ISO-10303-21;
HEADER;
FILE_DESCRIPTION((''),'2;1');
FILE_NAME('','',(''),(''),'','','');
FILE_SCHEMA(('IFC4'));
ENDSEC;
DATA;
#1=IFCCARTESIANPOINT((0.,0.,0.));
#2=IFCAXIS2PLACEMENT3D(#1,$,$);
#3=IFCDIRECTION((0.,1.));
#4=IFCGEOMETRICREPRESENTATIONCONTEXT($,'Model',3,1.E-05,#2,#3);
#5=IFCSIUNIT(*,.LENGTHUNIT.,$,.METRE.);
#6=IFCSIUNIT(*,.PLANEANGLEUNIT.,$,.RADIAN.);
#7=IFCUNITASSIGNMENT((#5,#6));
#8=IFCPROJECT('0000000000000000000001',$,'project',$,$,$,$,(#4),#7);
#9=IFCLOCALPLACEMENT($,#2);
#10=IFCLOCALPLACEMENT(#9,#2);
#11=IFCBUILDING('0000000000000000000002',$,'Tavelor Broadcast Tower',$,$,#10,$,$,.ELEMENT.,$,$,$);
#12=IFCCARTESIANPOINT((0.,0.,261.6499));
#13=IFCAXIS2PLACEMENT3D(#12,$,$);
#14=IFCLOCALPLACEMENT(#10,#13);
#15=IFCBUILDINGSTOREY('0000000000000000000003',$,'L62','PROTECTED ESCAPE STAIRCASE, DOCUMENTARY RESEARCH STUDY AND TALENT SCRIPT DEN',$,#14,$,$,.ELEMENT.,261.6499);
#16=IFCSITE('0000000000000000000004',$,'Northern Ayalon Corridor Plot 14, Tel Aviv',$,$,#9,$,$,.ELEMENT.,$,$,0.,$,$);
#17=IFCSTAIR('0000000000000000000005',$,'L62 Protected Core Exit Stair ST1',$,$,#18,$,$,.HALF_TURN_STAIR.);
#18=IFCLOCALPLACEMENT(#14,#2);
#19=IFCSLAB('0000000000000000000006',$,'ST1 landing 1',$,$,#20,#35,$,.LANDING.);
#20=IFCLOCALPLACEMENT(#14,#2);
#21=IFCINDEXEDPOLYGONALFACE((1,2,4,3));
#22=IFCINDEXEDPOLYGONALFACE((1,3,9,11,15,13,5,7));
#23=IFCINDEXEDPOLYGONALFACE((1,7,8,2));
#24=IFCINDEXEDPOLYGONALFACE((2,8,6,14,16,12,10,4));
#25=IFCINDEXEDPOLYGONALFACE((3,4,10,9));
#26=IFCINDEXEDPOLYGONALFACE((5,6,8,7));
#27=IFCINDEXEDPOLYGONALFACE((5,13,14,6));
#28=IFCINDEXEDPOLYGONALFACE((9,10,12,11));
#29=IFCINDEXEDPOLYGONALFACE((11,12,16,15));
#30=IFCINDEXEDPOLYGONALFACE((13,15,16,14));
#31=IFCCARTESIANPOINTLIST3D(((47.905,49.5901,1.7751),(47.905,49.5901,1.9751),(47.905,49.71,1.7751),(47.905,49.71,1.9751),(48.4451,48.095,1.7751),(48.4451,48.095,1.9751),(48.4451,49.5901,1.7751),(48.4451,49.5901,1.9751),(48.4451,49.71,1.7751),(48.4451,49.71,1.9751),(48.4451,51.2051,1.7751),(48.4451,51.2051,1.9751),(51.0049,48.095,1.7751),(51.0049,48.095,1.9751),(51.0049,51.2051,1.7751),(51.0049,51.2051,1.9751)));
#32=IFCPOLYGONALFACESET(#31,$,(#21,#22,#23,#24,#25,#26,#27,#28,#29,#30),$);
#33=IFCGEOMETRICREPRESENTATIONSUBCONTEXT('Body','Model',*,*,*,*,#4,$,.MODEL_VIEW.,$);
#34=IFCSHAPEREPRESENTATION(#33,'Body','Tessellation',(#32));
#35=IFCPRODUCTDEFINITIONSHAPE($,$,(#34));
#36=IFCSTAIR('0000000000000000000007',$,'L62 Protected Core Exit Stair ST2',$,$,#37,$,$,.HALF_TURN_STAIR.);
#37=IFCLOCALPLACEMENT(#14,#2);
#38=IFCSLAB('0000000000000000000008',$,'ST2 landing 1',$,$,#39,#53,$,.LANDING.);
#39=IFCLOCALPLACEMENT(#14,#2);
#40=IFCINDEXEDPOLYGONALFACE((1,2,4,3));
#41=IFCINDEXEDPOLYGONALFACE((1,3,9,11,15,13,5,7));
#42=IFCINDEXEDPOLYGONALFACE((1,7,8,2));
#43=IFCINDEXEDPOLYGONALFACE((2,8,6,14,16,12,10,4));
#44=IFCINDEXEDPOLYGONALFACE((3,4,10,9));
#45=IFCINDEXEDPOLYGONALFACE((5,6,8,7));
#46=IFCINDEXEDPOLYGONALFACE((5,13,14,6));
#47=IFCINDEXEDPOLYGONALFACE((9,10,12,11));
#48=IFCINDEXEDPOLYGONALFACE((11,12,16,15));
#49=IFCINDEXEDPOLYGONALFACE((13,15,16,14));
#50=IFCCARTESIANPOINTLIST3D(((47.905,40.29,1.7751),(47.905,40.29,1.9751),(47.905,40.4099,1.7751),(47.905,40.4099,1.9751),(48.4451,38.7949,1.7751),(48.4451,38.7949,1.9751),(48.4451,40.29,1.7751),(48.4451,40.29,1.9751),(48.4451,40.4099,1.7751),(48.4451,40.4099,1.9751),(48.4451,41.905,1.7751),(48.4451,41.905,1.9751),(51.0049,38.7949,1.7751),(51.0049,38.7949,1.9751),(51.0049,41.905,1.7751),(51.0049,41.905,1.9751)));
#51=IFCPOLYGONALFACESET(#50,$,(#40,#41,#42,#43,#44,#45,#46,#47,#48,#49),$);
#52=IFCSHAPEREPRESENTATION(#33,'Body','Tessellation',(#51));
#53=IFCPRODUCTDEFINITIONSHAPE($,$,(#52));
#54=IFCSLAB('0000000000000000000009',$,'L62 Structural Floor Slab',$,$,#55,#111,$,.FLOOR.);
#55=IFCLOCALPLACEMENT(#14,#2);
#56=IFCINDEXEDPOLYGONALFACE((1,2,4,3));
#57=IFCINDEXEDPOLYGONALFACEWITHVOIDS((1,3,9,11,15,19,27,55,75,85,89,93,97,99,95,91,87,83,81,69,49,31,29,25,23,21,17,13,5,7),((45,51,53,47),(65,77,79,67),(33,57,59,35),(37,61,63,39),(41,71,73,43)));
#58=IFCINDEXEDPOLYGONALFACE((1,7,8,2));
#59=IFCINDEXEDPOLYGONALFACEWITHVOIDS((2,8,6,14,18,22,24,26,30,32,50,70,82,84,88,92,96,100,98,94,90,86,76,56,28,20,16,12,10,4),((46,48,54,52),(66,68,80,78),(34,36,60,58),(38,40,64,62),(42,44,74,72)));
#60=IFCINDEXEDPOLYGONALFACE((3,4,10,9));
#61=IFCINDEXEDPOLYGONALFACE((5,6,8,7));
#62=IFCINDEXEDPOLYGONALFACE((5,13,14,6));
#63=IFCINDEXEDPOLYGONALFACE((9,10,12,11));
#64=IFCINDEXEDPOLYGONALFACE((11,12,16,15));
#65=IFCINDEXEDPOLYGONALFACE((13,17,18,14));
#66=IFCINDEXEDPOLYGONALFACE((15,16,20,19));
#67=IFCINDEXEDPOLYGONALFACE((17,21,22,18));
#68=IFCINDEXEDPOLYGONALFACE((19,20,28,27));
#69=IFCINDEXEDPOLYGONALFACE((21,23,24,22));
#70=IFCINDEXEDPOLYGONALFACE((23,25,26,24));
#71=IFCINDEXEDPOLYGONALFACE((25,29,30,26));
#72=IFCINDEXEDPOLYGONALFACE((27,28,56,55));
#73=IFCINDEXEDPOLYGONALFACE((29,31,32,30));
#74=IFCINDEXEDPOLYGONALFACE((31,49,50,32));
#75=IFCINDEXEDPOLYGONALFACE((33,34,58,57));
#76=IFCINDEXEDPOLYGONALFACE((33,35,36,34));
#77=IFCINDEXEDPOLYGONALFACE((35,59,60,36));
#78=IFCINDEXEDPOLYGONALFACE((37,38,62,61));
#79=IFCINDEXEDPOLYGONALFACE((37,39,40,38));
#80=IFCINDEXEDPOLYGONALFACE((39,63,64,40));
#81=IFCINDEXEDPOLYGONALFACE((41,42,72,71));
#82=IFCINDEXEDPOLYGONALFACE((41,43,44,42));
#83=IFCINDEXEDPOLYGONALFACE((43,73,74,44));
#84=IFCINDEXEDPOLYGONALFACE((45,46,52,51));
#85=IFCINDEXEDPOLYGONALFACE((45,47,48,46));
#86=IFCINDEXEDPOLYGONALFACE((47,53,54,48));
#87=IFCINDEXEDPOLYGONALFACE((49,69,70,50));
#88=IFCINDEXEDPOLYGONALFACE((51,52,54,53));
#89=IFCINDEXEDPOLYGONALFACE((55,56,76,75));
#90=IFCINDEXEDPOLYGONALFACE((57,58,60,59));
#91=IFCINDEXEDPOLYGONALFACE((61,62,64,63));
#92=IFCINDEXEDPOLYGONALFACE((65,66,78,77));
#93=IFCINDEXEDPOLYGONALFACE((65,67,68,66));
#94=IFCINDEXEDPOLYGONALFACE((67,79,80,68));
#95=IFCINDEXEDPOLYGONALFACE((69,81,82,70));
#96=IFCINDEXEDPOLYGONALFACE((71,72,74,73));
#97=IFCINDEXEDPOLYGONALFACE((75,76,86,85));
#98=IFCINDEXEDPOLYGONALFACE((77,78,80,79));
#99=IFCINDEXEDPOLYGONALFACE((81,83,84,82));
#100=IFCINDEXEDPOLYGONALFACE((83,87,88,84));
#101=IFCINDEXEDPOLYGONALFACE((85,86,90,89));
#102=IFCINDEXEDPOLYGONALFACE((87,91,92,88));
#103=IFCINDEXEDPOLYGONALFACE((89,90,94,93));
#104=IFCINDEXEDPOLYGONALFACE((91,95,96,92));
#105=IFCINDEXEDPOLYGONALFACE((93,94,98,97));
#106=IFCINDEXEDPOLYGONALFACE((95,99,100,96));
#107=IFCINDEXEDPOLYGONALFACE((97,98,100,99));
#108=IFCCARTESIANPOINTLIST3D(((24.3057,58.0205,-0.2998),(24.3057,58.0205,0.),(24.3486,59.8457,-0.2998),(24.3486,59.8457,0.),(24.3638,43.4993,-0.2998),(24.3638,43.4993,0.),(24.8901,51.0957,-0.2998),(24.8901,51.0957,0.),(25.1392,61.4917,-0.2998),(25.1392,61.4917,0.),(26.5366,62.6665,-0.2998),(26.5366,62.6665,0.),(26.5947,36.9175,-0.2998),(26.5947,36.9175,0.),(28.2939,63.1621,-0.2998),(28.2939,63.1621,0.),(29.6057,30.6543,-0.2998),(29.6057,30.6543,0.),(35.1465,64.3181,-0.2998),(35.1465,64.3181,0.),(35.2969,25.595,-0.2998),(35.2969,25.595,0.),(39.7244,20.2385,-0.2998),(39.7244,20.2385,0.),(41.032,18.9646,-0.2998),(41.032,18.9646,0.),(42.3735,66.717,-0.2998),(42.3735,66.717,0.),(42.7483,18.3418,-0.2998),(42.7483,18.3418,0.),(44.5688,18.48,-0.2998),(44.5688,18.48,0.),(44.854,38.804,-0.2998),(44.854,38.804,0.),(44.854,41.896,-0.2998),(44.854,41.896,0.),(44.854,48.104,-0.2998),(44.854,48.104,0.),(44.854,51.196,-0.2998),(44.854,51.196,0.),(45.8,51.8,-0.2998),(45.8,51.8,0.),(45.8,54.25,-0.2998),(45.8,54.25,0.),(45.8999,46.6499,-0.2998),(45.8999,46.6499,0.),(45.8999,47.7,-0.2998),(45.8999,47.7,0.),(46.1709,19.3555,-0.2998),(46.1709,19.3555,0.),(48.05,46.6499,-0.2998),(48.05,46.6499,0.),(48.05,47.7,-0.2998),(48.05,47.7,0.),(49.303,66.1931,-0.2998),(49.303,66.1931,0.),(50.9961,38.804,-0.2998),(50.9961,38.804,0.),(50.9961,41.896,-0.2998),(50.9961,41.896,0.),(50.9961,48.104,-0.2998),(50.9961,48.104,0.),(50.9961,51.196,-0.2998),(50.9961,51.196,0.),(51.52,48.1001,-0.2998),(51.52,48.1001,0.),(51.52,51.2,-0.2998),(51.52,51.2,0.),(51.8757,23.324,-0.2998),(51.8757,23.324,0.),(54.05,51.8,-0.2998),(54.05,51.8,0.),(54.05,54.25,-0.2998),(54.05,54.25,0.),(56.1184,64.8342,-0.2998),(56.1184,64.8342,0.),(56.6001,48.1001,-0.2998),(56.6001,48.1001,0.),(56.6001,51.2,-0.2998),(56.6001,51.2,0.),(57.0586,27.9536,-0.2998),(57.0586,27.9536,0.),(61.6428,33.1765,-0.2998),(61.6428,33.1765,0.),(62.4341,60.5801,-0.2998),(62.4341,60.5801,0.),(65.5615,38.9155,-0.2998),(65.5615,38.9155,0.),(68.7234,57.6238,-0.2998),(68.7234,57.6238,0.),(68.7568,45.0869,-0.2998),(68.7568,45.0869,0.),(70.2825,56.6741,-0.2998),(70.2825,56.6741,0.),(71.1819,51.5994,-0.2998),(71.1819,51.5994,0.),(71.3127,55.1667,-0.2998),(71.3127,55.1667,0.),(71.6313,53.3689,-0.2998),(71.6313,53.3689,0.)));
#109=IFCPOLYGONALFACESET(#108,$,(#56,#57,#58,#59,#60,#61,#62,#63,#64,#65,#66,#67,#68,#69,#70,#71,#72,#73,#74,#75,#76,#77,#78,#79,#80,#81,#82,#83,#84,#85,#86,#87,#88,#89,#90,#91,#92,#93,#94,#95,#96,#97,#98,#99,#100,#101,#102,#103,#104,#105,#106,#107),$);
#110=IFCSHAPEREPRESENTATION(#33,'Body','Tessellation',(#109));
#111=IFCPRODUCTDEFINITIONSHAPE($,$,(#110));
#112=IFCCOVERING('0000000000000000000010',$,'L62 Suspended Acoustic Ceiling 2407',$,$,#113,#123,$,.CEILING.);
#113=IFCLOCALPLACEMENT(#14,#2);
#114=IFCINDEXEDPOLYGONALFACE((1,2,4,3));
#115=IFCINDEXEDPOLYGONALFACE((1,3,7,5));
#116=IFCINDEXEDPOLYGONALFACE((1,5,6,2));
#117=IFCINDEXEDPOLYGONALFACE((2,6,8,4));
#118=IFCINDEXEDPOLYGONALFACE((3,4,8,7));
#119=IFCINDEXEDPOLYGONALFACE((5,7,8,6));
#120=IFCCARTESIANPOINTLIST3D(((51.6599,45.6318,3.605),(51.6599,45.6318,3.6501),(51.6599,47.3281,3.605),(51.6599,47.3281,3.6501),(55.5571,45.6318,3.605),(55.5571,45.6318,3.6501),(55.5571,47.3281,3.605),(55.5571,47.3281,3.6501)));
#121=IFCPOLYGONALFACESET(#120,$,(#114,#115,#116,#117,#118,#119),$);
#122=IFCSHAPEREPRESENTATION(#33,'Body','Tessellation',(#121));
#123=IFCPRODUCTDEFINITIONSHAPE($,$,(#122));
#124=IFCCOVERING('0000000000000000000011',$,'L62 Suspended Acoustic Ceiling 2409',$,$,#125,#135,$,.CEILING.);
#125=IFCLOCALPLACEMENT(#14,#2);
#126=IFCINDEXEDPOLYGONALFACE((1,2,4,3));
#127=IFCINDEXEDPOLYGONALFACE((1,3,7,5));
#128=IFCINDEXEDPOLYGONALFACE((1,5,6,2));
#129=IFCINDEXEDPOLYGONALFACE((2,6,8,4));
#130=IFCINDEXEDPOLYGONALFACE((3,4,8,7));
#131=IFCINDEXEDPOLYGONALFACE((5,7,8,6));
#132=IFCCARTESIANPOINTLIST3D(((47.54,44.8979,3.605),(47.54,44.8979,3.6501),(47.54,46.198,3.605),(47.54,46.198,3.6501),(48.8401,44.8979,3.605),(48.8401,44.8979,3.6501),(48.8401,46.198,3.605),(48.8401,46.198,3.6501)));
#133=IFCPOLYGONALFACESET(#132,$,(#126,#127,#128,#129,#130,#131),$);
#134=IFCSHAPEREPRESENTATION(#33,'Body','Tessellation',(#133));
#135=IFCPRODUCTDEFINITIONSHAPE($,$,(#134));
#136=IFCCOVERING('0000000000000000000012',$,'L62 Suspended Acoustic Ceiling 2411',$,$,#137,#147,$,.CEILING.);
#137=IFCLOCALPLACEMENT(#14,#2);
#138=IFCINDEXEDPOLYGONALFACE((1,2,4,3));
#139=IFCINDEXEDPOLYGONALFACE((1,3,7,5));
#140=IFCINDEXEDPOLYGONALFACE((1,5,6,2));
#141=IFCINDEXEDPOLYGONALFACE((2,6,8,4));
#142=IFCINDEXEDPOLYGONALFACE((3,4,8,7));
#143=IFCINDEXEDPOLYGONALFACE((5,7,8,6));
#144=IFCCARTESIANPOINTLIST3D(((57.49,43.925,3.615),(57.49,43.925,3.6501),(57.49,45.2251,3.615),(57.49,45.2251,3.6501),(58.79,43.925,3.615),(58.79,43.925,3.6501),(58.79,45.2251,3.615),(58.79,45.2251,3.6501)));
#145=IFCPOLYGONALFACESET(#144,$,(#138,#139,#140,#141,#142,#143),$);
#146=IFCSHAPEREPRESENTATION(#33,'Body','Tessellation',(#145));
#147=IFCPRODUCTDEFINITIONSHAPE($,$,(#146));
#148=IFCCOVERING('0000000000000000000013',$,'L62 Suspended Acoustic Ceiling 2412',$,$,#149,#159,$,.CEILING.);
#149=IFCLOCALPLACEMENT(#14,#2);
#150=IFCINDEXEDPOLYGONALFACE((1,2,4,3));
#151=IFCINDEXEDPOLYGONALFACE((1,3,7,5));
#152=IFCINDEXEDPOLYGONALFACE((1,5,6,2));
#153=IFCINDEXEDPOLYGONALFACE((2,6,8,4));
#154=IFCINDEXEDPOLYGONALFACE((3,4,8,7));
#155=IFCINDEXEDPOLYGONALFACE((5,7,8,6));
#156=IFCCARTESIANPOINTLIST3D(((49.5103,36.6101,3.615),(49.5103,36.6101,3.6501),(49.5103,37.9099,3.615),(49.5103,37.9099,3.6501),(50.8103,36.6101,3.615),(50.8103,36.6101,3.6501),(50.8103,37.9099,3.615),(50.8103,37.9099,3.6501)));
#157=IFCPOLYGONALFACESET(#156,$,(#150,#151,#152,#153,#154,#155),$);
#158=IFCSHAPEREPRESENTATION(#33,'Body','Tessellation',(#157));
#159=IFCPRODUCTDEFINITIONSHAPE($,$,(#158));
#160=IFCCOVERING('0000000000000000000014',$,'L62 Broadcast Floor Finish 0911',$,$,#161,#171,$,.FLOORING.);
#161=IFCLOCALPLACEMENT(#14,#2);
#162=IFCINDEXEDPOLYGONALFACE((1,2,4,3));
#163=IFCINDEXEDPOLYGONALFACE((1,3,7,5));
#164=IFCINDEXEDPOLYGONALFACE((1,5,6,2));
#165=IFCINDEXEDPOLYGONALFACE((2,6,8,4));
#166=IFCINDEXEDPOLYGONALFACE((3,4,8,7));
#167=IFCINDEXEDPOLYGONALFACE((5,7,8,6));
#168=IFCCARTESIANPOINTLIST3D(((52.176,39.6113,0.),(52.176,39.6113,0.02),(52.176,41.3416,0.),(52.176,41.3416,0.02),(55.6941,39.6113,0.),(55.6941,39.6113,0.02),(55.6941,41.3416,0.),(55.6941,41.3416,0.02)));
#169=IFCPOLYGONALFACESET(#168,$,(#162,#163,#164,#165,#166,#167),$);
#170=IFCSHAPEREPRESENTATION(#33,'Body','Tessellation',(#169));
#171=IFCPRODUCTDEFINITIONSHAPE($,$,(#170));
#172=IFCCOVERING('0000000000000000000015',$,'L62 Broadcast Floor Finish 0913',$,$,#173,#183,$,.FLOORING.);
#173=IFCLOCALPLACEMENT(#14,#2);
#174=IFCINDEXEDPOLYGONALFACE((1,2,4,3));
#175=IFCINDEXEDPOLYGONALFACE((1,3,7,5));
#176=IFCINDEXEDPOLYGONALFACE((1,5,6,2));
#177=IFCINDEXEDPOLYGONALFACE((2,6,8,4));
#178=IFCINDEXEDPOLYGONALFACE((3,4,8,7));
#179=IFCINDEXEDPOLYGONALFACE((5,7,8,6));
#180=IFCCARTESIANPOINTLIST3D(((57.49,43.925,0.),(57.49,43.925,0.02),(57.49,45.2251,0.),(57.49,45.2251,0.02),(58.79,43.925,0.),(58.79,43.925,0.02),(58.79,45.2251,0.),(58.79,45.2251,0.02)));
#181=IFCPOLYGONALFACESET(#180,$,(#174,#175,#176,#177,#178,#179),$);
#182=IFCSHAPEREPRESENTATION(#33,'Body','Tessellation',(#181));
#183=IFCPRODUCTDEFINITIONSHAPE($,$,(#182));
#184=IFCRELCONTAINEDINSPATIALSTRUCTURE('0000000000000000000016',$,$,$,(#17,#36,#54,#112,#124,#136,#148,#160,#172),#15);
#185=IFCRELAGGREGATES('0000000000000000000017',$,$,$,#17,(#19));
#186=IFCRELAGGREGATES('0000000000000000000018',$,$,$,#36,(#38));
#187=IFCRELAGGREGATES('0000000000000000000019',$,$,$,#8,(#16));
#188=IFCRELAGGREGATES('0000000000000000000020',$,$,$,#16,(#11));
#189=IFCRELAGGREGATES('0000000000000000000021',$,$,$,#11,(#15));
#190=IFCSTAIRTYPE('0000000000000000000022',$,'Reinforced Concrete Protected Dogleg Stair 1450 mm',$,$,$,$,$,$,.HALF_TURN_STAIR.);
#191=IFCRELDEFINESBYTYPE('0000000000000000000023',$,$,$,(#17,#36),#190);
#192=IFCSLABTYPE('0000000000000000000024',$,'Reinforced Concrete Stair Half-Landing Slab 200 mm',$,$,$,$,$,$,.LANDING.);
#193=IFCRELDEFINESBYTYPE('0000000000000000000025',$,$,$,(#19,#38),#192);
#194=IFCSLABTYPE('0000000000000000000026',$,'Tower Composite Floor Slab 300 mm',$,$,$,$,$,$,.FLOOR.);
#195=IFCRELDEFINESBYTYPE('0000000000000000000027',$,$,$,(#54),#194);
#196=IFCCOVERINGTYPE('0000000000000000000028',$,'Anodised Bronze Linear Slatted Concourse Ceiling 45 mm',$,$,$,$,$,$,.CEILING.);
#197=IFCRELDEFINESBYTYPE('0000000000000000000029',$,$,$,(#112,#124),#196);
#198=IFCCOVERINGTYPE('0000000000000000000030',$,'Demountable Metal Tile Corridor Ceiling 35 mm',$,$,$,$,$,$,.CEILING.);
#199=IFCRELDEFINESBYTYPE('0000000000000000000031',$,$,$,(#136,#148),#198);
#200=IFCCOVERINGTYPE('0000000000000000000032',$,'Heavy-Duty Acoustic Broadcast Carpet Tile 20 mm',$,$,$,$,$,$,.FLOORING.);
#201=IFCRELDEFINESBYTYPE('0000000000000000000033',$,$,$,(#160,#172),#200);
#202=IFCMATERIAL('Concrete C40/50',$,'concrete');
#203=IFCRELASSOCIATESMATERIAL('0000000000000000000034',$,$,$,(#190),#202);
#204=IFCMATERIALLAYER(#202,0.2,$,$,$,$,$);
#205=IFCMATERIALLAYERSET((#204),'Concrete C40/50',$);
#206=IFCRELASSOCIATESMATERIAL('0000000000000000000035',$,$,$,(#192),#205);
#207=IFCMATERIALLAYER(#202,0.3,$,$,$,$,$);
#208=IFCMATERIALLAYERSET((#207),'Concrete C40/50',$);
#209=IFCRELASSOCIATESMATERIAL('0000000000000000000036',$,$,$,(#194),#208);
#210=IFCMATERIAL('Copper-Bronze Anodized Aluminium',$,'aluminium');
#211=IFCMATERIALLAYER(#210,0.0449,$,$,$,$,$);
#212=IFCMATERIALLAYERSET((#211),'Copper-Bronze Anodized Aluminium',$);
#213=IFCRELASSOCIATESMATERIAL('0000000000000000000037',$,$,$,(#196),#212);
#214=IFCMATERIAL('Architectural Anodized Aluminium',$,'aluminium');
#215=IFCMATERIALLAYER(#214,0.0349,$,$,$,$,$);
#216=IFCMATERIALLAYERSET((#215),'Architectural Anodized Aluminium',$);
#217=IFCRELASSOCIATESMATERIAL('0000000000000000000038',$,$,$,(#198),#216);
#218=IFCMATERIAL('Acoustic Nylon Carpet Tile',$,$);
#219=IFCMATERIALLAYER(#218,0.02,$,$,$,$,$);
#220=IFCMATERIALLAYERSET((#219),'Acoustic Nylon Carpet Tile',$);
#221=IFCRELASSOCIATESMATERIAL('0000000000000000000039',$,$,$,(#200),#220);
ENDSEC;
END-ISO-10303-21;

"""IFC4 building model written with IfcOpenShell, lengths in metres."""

from ifc_helpers import new_model, si_unit, direction, frame, origin, place, context, subcontext, project, spatial, polyline, outline, extrude, material, layer, layer_set, type_object, element, aggregate, save


model = new_model("IFC4")

# Units and contexts
model_context = context("Model", 3, precision=1e-05, world=origin(), true_north=direction((0.0, 1.0)))
body_context = subcontext(model_context, "Body", "Model", "MODEL_VIEW")
ifc_project = project(units=[si_unit("LENGTHUNIT", "METRE"), si_unit("PLANEANGLEUNIT", "RADIAN")], contexts=[model_context])

# Site, building, storey
site_placement = place(None, origin())
site = spatial("IfcSite", under=ifc_project, at=site_placement, Name="Northern Ayalon Corridor Plot 14, Tel Aviv", CompositionType="ELEMENT", RefElevation=0.0)
building_placement = place(site_placement, origin())
building = spatial("IfcBuilding", under=site, at=building_placement, Name="Tavelor Broadcast Tower", CompositionType="ELEMENT")
storey_placement = place(building_placement, frame((0.0, 0.0, 261.6499)))
storey = spatial("IfcBuildingStorey", under=building, at=storey_placement, Name="L62", Description="PROTECTED ESCAPE STAIRCASE, DOCUMENTARY RESEARCH STUDY AND TALENT SCRIPT DEN", CompositionType="ELEMENT", Elevation=261.6499)

# Stairs, slabs
ifc_material_1 = material(Name="Concrete C40/50", Category="concrete")
stair_type = type_object("IfcStairType", Name="Reinforced Concrete Protected Dogleg Stair 1450 mm", PredefinedType="HALF_TURN_STAIR", material=ifc_material_1)
stair_1_placement = place(storey_placement, origin())
stair_1 = element("IfcStair", 1, at=stair_1_placement, inside=storey, type_object=stair_type, Name="L62 Protected Core Exit Stair ST1", PredefinedType="HALF_TURN_STAIR")
ifc_layer_1 = layer(ifc_material_1, 0.2)
ifc_layer_set_1 = layer_set([ifc_layer_1], Name="Concrete C40/50")
slab_type_1 = type_object("IfcSlabType", Name="Reinforced Concrete Stair Half-Landing Slab 200 mm", PredefinedType="LANDING", material=ifc_layer_set_1)
slab_1_placement = place(storey_placement, frame((0.0, 0.0, 1.7751)))
slab_1 = element("IfcSlab", 2, at=slab_1_placement, type_object=slab_type_1, Name="ST1 landing 1", PredefinedType="LANDING", context=body_context, shape_type="SweptSolid", body=[
    extrude(outline(polyline([(48.4451, 49.5901), (48.4451, 48.095), (51.0049, 48.095), (51.0049, 51.2051), (48.4451, 51.2051), (48.4451, 49.71), (47.905, 49.71), (47.905, 49.5901), (48.4451, 49.5901)])), origin(), (0.0, 0.0, 1.0), 0.2),
])
aggregate(stair_1, [slab_1])
stair_2_placement = place(storey_placement, origin())
stair_2 = element("IfcStair", 3, at=stair_2_placement, inside=storey, type_object=stair_type, Name="L62 Protected Core Exit Stair ST2", PredefinedType="HALF_TURN_STAIR")
slab_2_placement = place(storey_placement, frame((0.0, 0.0, 1.7751)))
slab_2 = element("IfcSlab", 4, at=slab_2_placement, type_object=slab_type_1, Name="ST2 landing 1", PredefinedType="LANDING", context=body_context, shape_type="SweptSolid", body=[
    extrude(outline(polyline([(48.4451, 40.29), (48.4451, 38.7949), (51.0049, 38.7949), (51.0049, 41.905), (48.4451, 41.905), (48.4451, 40.4099), (47.905, 40.4099), (47.905, 40.29), (48.4451, 40.29)])), origin(), (0.0, 0.0, 1.0), 0.2),
])
aggregate(stair_2, [slab_2])

# Slab
ifc_layer_2 = layer(ifc_material_1, 0.3)
ifc_layer_set_2 = layer_set([ifc_layer_2], Name="Concrete C40/50")
slab_type_2 = type_object("IfcSlabType", Name="Tower Composite Floor Slab 300 mm", PredefinedType="FLOOR", material=ifc_layer_set_2)
slab_3_placement = place(storey_placement, frame((0.0, 0.0, -0.2998)))
element("IfcSlab", 5, at=slab_3_placement, inside=storey, type_object=slab_type_2, Name="L62 Structural Floor Slab", PredefinedType="FLOOR", context=body_context, shape_type="SweptSolid", body=[
    extrude(outline(polyline([(28.2939, 63.1621), (26.5366, 62.6665), (25.1392, 61.4917), (24.3486, 59.8457), (24.3057, 58.0205), (24.8901, 51.0957), (24.3638, 43.4993), (26.5947, 36.9175), (29.6057, 30.6543), (35.2969, 25.595), (39.7244, 20.2385), (41.032, 18.9646), (42.7483, 18.3418), (44.5688, 18.48), (46.1709, 19.3555), (51.8757, 23.324), (57.0586, 27.9536), (61.6428, 33.1765), (65.5615, 38.9155), (68.7568, 45.0869), (71.1819, 51.5994), (71.6313, 53.3689), (71.3127, 55.1667), (70.2825, 56.6741), (68.7234, 57.6238), (62.4341, 60.5801), (56.1184, 64.8342), (49.303, 66.1931), (42.3735, 66.717), (35.1465, 64.3181), (28.2939, 63.1621)]), holes=[polyline([(50.9961, 41.896), (50.9961, 38.804), (44.854, 38.804), (44.854, 41.896), (50.9961, 41.896)]), polyline([(48.05, 47.7), (48.05, 46.6499), (45.8999, 46.6499), (45.8999, 47.7), (48.05, 47.7)]), polyline([(50.9961, 51.196), (50.9961, 48.104), (44.854, 48.104), (44.854, 51.196), (50.9961, 51.196)]), polyline([(56.6001, 48.1001), (51.52, 48.1001), (51.52, 51.2), (56.6001, 51.2), (56.6001, 48.1001)]), polyline([(54.05, 51.8), (45.8, 51.8), (45.8, 54.25), (54.05, 54.25), (54.05, 51.8)])]), origin(), (0.0, 0.0, 1.0), 0.2998),
])

# Coverings
ifc_material_2 = material(Name="Copper-Bronze Anodized Aluminium", Category="aluminium")
ifc_layer_3 = layer(ifc_material_2, 0.0449)
ifc_layer_set_3 = layer_set([ifc_layer_3], Name="Copper-Bronze Anodized Aluminium")
covering_type_1 = type_object("IfcCoveringType", Name="Anodised Bronze Linear Slatted Concourse Ceiling 45 mm", PredefinedType="CEILING", material=ifc_layer_set_3)
covering_1_placement = place(storey_placement, frame((0.0, 0.0, 3.605)))
element("IfcCovering", 6, at=covering_1_placement, inside=storey, type_object=covering_type_1, Name="L62 Suspended Acoustic Ceiling 2407", PredefinedType="CEILING", context=body_context, shape_type="SweptSolid", body=[
    extrude(outline(polyline([(51.6599, 45.6318), (55.5571, 45.6318), (55.5571, 47.3281), (51.6599, 47.3281), (51.6599, 45.6318)])), origin(), (0.0, 0.0, 1.0), 0.0452),
])
covering_2_placement = place(storey_placement, frame((0.0, 0.0, 3.605)))
element("IfcCovering", 7, at=covering_2_placement, inside=storey, type_object=covering_type_1, Name="L62 Suspended Acoustic Ceiling 2409", PredefinedType="CEILING", context=body_context, shape_type="SweptSolid", body=[
    extrude(outline(polyline([(47.54, 44.8979), (48.8401, 44.8979), (48.8401, 46.198), (47.54, 46.198), (47.54, 44.8979)])), origin(), (0.0, 0.0, 1.0), 0.0452),
])
ifc_material_3 = material(Name="Architectural Anodized Aluminium", Category="aluminium")
ifc_layer_4 = layer(ifc_material_3, 0.0349)
ifc_layer_set_4 = layer_set([ifc_layer_4], Name="Architectural Anodized Aluminium")
covering_type_2 = type_object("IfcCoveringType", Name="Demountable Metal Tile Corridor Ceiling 35 mm", PredefinedType="CEILING", material=ifc_layer_set_4)
covering_3_placement = place(storey_placement, frame((0.0, 0.0, 3.615)))
element("IfcCovering", 8, at=covering_3_placement, inside=storey, type_object=covering_type_2, Name="L62 Suspended Acoustic Ceiling 2411", PredefinedType="CEILING", context=body_context, shape_type="SweptSolid", body=[
    extrude(outline(polyline([(57.49, 43.925), (58.79, 43.925), (58.79, 45.2251), (57.49, 45.2251), (57.49, 43.925)])), origin(), (0.0, 0.0, 1.0), 0.0352),
])
covering_4_placement = place(storey_placement, frame((0.0, 0.0, 3.615)))
element("IfcCovering", 9, at=covering_4_placement, inside=storey, type_object=covering_type_2, Name="L62 Suspended Acoustic Ceiling 2412", PredefinedType="CEILING", context=body_context, shape_type="SweptSolid", body=[
    extrude(outline(polyline([(49.5103, 36.6101), (50.8103, 36.6101), (50.8103, 37.9099), (49.5103, 37.9099), (49.5103, 36.6101)])), origin(), (0.0, 0.0, 1.0), 0.0352),
])
ifc_material_4 = material(Name="Acoustic Nylon Carpet Tile")
ifc_layer_5 = layer(ifc_material_4, 0.02)
ifc_layer_set_5 = layer_set([ifc_layer_5], Name="Acoustic Nylon Carpet Tile")
covering_type_3 = type_object("IfcCoveringType", Name="Heavy-Duty Acoustic Broadcast Carpet Tile 20 mm", PredefinedType="FLOORING", material=ifc_layer_set_5)
covering_5_placement = place(storey_placement, origin())
element("IfcCovering", 10, at=covering_5_placement, inside=storey, type_object=covering_type_3, Name="L62 Broadcast Floor Finish 0911", PredefinedType="FLOORING", context=body_context, shape_type="SweptSolid", body=[
    extrude(outline(polyline([(52.176, 39.6113), (55.6941, 39.6113), (55.6941, 41.3416), (52.176, 41.3416), (52.176, 39.6113)])), origin(), (0.0, 0.0, 1.0), 0.02),
])
covering_6_placement = place(storey_placement, origin())
element("IfcCovering", 11, at=covering_6_placement, inside=storey, type_object=covering_type_3, Name="L62 Broadcast Floor Finish 0913", PredefinedType="FLOORING", context=body_context, shape_type="SweptSolid", body=[
    extrude(outline(polyline([(57.49, 43.925), (58.79, 43.925), (58.79, 45.2251), (57.49, 45.2251), (57.49, 43.925)])), origin(), (0.0, 0.0, 1.0), 0.02),
])

save(model, "model.ifc")
